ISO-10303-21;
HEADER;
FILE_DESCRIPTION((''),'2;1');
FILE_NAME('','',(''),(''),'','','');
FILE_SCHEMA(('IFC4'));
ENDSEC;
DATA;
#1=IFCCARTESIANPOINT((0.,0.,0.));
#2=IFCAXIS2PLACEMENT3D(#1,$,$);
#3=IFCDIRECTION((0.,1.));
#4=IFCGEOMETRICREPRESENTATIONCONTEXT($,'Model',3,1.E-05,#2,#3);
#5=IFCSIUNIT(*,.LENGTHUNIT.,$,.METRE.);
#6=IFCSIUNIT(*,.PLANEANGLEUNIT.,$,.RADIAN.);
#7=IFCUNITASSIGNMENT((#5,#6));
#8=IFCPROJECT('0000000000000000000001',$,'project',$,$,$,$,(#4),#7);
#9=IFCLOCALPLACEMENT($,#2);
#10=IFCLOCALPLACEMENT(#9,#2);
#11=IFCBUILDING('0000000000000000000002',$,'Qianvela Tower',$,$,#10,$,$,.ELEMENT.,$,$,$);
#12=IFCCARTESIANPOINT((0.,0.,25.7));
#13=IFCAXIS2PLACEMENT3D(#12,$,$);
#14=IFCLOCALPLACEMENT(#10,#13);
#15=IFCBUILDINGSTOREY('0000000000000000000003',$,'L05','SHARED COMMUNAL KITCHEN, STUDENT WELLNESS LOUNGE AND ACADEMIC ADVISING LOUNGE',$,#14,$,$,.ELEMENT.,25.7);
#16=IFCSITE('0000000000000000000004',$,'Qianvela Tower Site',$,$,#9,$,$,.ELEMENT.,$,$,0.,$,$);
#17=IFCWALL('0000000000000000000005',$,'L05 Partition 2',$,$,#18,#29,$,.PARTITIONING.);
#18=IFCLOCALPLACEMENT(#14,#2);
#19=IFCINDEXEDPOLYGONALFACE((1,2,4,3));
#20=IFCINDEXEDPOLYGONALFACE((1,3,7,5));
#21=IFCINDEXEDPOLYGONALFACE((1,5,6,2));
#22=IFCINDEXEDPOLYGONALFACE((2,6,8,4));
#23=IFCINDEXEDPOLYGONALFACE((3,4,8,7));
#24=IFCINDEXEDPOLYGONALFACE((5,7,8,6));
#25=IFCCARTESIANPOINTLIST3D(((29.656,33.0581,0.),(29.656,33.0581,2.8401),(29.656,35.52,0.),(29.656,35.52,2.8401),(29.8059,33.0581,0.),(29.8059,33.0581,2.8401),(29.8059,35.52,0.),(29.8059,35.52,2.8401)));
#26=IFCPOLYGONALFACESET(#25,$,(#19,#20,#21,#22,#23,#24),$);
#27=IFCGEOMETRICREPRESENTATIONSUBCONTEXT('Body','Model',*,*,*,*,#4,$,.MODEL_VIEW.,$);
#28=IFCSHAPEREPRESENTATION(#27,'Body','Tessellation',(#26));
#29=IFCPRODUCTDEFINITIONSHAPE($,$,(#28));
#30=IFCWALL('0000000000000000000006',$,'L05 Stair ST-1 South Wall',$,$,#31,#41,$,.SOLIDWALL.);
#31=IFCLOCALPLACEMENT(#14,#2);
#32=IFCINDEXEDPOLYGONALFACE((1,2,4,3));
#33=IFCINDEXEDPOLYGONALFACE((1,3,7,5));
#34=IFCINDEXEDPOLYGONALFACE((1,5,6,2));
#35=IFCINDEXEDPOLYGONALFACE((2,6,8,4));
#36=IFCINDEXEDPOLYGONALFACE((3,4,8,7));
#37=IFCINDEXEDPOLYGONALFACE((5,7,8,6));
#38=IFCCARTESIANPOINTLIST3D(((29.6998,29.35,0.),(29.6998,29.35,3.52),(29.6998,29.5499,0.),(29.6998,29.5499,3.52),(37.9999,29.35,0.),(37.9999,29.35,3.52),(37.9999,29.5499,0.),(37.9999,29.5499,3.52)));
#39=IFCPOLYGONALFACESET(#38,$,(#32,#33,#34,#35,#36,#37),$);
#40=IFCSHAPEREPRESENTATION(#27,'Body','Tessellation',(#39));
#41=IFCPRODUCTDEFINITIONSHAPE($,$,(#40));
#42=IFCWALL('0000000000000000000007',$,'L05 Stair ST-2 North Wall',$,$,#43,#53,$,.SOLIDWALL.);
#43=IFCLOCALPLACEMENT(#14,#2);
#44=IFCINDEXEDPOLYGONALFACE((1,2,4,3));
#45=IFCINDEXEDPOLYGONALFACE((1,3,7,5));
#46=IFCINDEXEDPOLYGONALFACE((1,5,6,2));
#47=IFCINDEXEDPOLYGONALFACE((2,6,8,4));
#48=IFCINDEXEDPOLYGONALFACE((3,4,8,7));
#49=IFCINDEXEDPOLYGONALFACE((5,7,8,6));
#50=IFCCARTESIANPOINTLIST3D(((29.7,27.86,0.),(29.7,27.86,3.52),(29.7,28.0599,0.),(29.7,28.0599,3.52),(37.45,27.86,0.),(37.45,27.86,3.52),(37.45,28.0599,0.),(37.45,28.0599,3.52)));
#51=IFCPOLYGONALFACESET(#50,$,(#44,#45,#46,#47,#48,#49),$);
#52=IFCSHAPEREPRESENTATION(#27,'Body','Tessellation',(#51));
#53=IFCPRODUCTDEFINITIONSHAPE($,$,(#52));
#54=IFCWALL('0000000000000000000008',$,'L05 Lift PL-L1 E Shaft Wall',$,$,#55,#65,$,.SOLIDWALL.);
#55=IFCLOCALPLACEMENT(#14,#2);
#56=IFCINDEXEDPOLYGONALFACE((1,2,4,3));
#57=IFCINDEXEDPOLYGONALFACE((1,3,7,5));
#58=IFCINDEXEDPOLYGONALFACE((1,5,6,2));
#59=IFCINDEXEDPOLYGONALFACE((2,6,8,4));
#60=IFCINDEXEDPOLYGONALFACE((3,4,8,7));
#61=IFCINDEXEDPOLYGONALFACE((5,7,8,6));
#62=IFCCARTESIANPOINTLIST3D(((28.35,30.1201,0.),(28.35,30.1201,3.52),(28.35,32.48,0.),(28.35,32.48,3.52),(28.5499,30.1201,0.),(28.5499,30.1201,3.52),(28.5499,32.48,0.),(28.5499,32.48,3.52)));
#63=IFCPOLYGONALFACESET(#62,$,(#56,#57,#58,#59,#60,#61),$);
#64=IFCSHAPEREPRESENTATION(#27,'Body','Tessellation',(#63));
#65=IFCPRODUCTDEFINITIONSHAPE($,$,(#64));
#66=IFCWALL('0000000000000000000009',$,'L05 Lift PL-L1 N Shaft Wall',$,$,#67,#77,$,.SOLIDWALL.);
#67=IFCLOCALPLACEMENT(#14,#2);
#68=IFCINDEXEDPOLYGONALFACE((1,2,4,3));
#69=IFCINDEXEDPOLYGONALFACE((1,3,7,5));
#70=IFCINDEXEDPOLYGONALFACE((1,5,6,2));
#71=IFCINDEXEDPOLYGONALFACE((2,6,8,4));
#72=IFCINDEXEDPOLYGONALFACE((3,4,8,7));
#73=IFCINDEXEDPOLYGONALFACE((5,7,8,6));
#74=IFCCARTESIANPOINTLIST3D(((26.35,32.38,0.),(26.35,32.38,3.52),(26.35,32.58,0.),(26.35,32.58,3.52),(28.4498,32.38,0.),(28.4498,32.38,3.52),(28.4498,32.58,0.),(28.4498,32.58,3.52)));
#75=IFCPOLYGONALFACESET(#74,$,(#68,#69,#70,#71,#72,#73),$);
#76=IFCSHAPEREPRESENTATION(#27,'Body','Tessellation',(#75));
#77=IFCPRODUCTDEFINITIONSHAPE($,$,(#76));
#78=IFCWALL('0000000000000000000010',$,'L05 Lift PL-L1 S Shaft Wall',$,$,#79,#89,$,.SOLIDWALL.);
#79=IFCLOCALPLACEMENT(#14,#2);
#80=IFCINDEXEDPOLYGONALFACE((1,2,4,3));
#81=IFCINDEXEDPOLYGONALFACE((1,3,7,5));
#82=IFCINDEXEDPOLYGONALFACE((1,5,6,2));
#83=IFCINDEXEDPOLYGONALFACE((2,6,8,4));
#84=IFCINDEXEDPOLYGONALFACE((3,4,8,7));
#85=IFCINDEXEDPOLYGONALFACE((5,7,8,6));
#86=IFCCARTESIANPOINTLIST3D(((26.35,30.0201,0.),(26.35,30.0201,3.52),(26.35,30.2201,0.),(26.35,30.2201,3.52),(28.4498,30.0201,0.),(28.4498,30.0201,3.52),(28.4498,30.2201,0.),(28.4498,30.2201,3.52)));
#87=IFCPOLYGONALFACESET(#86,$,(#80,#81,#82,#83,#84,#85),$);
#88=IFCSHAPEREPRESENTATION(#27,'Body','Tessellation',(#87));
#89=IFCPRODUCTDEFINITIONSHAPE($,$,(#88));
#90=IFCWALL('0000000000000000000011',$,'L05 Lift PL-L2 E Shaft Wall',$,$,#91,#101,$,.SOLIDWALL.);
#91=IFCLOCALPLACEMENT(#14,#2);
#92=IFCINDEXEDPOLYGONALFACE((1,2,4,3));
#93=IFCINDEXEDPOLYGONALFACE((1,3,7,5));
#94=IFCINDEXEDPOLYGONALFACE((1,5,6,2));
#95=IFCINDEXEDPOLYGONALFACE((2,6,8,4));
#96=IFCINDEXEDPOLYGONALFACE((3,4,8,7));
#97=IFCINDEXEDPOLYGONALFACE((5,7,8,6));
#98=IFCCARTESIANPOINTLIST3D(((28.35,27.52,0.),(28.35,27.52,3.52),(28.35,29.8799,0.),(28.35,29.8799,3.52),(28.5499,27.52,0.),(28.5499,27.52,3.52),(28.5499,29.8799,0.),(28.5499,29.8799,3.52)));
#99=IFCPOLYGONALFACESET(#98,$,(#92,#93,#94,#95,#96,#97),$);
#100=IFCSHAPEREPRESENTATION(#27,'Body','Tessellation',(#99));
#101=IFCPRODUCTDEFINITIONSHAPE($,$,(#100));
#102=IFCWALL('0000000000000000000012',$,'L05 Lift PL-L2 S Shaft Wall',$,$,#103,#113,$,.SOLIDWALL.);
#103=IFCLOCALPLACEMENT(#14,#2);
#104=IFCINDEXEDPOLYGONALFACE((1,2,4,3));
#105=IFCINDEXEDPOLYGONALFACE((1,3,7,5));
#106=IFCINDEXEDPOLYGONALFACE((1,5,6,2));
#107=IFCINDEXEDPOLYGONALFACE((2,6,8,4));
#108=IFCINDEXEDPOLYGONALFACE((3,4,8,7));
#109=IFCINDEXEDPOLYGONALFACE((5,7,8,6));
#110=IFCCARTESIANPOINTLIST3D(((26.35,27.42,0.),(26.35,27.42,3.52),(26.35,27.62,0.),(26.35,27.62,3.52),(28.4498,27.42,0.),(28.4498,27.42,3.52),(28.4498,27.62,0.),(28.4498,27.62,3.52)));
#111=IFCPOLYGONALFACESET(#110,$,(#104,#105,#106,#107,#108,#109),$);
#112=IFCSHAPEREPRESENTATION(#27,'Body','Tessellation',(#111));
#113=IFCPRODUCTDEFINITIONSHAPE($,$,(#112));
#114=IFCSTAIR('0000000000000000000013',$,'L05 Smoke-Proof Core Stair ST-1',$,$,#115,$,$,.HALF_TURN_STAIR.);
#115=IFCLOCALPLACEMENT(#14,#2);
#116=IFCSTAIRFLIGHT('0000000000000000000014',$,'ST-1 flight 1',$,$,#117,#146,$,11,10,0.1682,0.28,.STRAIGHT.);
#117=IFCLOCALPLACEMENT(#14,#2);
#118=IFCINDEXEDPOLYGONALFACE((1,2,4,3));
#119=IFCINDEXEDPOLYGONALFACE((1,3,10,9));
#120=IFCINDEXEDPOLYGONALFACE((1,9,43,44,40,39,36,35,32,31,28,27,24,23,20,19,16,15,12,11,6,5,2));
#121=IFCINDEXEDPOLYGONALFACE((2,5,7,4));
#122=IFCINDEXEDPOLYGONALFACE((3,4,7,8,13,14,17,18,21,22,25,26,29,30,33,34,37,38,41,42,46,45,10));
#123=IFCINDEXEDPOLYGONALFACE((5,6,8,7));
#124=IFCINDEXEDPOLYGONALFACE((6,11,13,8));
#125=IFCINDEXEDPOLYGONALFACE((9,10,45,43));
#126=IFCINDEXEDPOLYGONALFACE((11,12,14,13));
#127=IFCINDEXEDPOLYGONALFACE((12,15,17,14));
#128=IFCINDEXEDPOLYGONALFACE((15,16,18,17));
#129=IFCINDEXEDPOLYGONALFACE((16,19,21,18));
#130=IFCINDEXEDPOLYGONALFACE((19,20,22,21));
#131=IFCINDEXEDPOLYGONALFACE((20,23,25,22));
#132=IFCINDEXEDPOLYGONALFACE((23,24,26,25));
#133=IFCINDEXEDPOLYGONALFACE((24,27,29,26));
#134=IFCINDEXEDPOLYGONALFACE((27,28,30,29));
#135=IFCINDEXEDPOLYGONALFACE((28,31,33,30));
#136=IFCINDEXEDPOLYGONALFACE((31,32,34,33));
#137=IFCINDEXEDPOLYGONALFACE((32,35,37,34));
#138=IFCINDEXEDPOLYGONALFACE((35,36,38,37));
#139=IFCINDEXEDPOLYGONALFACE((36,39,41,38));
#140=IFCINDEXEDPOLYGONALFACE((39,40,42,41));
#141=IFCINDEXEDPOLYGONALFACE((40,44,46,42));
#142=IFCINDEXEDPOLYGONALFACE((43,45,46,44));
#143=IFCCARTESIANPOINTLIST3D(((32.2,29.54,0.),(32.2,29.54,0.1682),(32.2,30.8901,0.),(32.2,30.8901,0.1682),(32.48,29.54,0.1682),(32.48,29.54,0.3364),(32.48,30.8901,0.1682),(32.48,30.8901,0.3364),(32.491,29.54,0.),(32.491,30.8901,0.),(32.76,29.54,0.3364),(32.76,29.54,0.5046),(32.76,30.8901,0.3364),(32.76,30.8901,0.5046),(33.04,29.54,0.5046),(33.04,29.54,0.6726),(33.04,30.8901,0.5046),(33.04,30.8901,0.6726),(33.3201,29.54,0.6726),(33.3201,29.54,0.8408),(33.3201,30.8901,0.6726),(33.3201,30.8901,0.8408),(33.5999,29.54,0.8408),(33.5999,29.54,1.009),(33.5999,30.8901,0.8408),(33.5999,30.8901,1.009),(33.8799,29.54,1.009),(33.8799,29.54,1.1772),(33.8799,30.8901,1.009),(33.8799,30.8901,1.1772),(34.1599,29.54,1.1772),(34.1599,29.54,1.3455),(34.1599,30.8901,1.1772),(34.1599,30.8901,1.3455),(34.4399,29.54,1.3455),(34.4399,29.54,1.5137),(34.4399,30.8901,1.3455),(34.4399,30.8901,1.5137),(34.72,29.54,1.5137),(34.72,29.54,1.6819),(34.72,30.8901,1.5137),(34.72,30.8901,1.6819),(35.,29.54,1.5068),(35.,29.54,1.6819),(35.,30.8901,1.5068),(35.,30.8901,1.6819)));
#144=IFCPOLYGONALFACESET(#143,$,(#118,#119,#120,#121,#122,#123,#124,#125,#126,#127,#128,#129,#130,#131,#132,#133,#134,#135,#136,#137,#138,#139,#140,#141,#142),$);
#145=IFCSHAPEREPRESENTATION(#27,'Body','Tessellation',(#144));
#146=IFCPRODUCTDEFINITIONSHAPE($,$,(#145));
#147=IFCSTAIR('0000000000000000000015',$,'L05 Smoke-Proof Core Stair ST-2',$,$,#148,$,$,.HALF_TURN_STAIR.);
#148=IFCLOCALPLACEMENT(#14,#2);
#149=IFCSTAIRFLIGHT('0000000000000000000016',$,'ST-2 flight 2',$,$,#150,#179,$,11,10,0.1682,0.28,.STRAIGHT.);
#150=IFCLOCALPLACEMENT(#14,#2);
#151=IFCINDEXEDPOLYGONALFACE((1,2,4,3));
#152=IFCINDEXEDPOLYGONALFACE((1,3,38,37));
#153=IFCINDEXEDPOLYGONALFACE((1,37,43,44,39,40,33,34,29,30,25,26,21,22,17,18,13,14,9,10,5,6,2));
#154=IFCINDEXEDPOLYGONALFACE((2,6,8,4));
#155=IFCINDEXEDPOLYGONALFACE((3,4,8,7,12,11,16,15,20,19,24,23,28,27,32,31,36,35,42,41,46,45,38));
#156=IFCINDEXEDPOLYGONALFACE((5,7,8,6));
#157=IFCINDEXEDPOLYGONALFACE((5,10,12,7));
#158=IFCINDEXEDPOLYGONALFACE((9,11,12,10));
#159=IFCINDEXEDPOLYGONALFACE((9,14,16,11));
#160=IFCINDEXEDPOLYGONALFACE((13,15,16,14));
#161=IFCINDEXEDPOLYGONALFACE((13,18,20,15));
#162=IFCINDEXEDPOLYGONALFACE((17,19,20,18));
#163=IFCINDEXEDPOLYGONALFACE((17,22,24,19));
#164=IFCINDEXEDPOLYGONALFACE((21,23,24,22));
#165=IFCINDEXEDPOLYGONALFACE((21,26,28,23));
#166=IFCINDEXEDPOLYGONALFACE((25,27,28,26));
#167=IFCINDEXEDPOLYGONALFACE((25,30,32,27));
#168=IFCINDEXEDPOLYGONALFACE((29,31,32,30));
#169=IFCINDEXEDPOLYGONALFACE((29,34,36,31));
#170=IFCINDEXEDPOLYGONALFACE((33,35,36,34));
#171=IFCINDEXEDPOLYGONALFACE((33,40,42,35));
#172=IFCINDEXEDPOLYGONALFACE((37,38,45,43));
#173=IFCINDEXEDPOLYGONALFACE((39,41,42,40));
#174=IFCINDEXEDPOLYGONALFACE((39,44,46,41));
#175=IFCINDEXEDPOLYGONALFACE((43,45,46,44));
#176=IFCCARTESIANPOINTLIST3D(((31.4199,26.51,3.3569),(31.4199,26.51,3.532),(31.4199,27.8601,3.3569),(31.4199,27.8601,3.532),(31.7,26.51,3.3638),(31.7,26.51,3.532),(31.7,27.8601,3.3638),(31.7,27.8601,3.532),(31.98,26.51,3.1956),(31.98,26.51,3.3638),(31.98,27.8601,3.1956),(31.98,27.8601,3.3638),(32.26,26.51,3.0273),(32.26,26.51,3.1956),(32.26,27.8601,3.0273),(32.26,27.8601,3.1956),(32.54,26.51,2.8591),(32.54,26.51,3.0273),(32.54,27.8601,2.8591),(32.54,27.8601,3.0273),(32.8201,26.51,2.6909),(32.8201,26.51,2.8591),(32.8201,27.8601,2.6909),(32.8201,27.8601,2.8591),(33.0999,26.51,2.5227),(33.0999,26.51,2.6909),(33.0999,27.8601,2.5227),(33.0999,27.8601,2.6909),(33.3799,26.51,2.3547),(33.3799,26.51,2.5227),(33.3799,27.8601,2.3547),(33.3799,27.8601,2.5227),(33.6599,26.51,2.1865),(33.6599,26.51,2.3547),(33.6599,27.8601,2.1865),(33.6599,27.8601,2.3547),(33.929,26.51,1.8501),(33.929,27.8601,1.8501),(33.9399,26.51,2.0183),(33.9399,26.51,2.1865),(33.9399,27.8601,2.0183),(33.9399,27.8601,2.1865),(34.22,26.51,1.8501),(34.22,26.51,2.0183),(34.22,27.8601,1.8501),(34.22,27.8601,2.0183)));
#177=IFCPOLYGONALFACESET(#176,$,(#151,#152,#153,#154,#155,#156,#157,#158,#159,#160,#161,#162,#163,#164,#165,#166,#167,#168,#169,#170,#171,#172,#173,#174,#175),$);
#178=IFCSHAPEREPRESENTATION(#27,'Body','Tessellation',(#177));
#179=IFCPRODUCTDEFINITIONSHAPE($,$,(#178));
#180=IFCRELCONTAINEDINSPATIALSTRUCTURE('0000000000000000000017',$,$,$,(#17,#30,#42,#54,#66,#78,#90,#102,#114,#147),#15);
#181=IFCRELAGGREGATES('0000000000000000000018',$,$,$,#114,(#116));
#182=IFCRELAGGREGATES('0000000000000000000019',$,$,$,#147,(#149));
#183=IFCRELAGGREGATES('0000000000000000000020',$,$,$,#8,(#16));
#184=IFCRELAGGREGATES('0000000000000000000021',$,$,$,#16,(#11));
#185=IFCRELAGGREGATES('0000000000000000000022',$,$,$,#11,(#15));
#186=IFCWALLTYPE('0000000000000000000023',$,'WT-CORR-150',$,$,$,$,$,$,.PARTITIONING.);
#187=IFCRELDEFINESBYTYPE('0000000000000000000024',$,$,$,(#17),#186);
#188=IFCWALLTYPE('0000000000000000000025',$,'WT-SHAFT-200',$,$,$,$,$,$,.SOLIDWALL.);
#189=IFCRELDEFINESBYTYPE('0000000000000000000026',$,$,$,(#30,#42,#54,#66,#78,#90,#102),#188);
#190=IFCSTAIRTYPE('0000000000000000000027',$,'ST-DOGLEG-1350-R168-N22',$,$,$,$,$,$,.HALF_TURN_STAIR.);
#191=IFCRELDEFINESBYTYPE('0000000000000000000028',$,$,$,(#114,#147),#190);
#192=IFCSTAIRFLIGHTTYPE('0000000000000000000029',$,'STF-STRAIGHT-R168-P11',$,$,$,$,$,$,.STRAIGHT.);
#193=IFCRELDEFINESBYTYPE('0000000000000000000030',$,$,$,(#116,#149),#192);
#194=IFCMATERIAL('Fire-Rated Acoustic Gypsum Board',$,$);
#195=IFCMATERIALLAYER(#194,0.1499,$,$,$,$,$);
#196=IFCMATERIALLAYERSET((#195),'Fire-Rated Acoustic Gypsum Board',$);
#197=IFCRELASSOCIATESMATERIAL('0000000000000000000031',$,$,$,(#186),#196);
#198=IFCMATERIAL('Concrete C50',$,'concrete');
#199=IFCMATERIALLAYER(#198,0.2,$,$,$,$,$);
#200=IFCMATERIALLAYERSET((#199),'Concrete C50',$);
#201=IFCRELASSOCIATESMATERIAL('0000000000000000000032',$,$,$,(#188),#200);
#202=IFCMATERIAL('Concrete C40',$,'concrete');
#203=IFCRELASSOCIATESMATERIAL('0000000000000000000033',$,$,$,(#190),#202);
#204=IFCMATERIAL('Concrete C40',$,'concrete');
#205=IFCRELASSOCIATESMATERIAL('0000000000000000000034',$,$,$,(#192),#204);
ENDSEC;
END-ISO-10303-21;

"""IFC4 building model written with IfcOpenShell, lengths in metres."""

from ifc_helpers import new_model, si_unit, direction, frame, frame_2d, origin, place, context, subcontext, project, spatial, polyline, rectangle, outline, extrude, material, layer, layer_set, type_object, element, aggregate, save


model = new_model("IFC4")

# Units and contexts
model_context = context("Model", 3, precision=1e-05, world=origin(), true_north=direction((0.0, 1.0)))
body_context = subcontext(model_context, "Body", "Model", "MODEL_VIEW")
ifc_project = project(units=[si_unit("LENGTHUNIT", "METRE"), si_unit("PLANEANGLEUNIT", "RADIAN")], contexts=[model_context])

# Site, building, storey
site_placement = place(None, origin())
site = spatial("IfcSite", under=ifc_project, at=site_placement, Name="Qianvela Tower Site", CompositionType="ELEMENT", RefElevation=0.0)
building_placement = place(site_placement, origin())
building = spatial("IfcBuilding", under=site, at=building_placement, Name="Qianvela Tower", CompositionType="ELEMENT")
storey_placement = place(building_placement, frame((0.0, 0.0, 25.7)))
storey = spatial("IfcBuildingStorey", under=building, at=storey_placement, Name="L05", Description="SHARED COMMUNAL KITCHEN, STUDENT WELLNESS LOUNGE AND ACADEMIC ADVISING LOUNGE", CompositionType="ELEMENT", Elevation=25.7)

# Walls
ifc_material_1 = material(Name="Fire-Rated Acoustic Gypsum Board")
ifc_layer_1 = layer(ifc_material_1, 0.1499)
ifc_layer_set_1 = layer_set([ifc_layer_1], Name="Fire-Rated Acoustic Gypsum Board")
wall_type_1 = type_object("IfcWallType", Name="WT-CORR-150", PredefinedType="PARTITIONING", material=ifc_layer_set_1)
wall_1_placement = place(storey_placement, frame((29.731, 33.0581, 0.0), z_axis=(0.0, 0.0, 1.0), x_axis=(0.0, 1.0, 0.0)))
element("IfcWall", 1, at=wall_1_placement, inside=storey, type_object=wall_type_1, Name="L05 Partition 2", PredefinedType="PARTITIONING", context=body_context, shape_type="SweptSolid", body=[
    extrude(rectangle(XDim=2.4619, YDim=0.1499, at=frame_2d((1.231, 0.0))), origin(), (0.0, 0.0, 1.0), 2.8401),
])
ifc_material_2 = material(Name="Concrete C50", Category="concrete")
ifc_layer_2 = layer(ifc_material_2, 0.2)
ifc_layer_set_2 = layer_set([ifc_layer_2], Name="Concrete C50")
wall_type_2 = type_object("IfcWallType", Name="WT-SHAFT-200", PredefinedType="SOLIDWALL", material=ifc_layer_set_2)
wall_2_placement = place(storey_placement, frame((29.7, 29.45, 0.0), z_axis=(0.0, 0.0, 1.0), x_axis=(1.0, 0.0, 0.0)))
element("IfcWall", 2, at=wall_2_placement, inside=storey, type_object=wall_type_2, Name="L05 Stair ST-1 South Wall", PredefinedType="SOLIDWALL", context=body_context, shape_type="SweptSolid", body=[
    extrude(rectangle(XDim=8.3, YDim=0.2, at=frame_2d((4.1499, 0.0))), origin(), (0.0, 0.0, 1.0), 3.52),
])
wall_3_placement = place(storey_placement, frame((29.7, 27.96, 0.0), z_axis=(0.0, 0.0, 1.0), x_axis=(1.0, 0.0, 0.0)))
element("IfcWall", 3, at=wall_3_placement, inside=storey, type_object=wall_type_2, Name="L05 Stair ST-2 North Wall", PredefinedType="SOLIDWALL", context=body_context, shape_type="SweptSolid", body=[
    extrude(rectangle(XDim=7.75, YDim=0.2, at=frame_2d((3.875, 0.0))), origin(), (0.0, 0.0, 1.0), 3.52),
])
wall_4_placement = place(storey_placement, frame((28.45, 30.1201, 0.0), z_axis=(0.0, 0.0, 1.0), x_axis=(0.0, 1.0, 0.0)))
element("IfcWall", 4, at=wall_4_placement, inside=storey, type_object=wall_type_2, Name="L05 Lift PL-L1 E Shaft Wall", PredefinedType="SOLIDWALL", context=body_context, shape_type="SweptSolid", body=[
    extrude(rectangle(XDim=2.3599, YDim=0.2, at=frame_2d((1.1799, 0.0))), origin(), (0.0, 0.0, 1.0), 3.52),
])

# Walls
for number, where, z_axis, x_axis, name in (
    (5, (26.3501, 32.48, 0.0), (0.0, 0.0, 1.0), (1.0, 0.0, 0.0), "L05 Lift PL-L1 N Shaft Wall"),
    (6, (26.3501, 30.1201, 0.0), (0.0, 0.0, 1.0), (1.0, 0.0, 0.0), "L05 Lift PL-L1 S Shaft Wall"),
):
    element("IfcWall", number, at=place(storey_placement, frame(where, z_axis=z_axis, x_axis=x_axis)), inside=storey, type_object=wall_type_2, Name=name, PredefinedType="SOLIDWALL", context=body_context, shape_type="SweptSolid", body=[
        extrude(rectangle(XDim=2.0999, YDim=0.2, at=frame_2d((1.0498, 0.0))), origin(), (0.0, 0.0, 1.0), 3.52),
    ])
wall_5_placement = place(storey_placement, frame((28.45, 27.52, 0.0), z_axis=(0.0, 0.0, 1.0), x_axis=(0.0, 1.0, 0.0)))
element("IfcWall", 7, at=wall_5_placement, inside=storey, type_object=wall_type_2, Name="L05 Lift PL-L2 E Shaft Wall", PredefinedType="SOLIDWALL", context=body_context, shape_type="SweptSolid", body=[
    extrude(rectangle(XDim=2.3599, YDim=0.2, at=frame_2d((1.1799, 0.0))), origin(), (0.0, 0.0, 1.0), 3.52),
])
wall_6_placement = place(storey_placement, frame((26.3501, 27.52, 0.0), z_axis=(0.0, 0.0, 1.0), x_axis=(1.0, 0.0, 0.0)))
element("IfcWall", 8, at=wall_6_placement, inside=storey, type_object=wall_type_2, Name="L05 Lift PL-L2 S Shaft Wall", PredefinedType="SOLIDWALL", context=body_context, shape_type="SweptSolid", body=[
    extrude(rectangle(XDim=2.0999, YDim=0.2, at=frame_2d((1.0498, 0.0))), origin(), (0.0, 0.0, 1.0), 3.52),
])

# Stairs, stair flights
ifc_material_3 = material(Name="Concrete C40", Category="concrete")
stair_type = type_object("IfcStairType", Name="ST-DOGLEG-1350-R168-N22", PredefinedType="HALF_TURN_STAIR", material=ifc_material_3)
stair_1_placement = place(storey_placement, origin())
stair_1 = element("IfcStair", 9, at=stair_1_placement, inside=storey, type_object=stair_type, Name="L05 Smoke-Proof Core Stair ST-1", PredefinedType="HALF_TURN_STAIR")
ifc_material_4 = material(Name="Concrete C40", Category="concrete")
stair_flight_type = type_object("IfcStairFlightType", Name="STF-STRAIGHT-R168-P11", PredefinedType="STRAIGHT", material=ifc_material_4)
stair_flight_1_placement = place(storey_placement, frame((32.2, 30.2151, 0.0), z_axis=(0.0, 0.0, 1.0), x_axis=(1.0, 0.0, 0.0)))
stair_flight_1 = element("IfcStairFlight", 10, at=stair_flight_1_placement, type_object=stair_flight_type, Name="ST-1 flight 1", NumberOfRisers=11, NumberOfTreads=10, PredefinedType="STRAIGHT", RiserHeight=0.1682, TreadLength=0.28, context=body_context, shape_type="SweptSolid", body=[
    extrude(outline(polyline([(0.0, 0.0), (0.0, 0.1682), (0.28, 0.1682), (0.28, 0.3364), (0.5601, 0.3364), (0.5601, 0.5046), (0.8401, 0.5046), (0.8401, 0.6726), (1.1201, 0.6726), (1.1201, 0.8408), (1.3999, 0.8408), (1.3999, 1.009), (1.6799, 1.009), (1.6799, 1.1772), (1.96, 1.1772), (1.96, 1.3455), (2.24, 1.3455), (2.24, 1.5137), (2.52, 1.5137), (2.52, 1.6819), (2.8, 1.6819), (2.8, 1.8501), (2.8, 1.5068), (0.291, 0.0), (0.0, 0.0)])), frame((0.0, 0.675, 0.0), z_axis=(0.0, -1.0, 0.0), x_axis=(1.0, 0.0, 0.0)), (0.0, 0.0, 1.0), 1.3501),
])
aggregate(stair_1, [stair_flight_1])
stair_2_placement = place(storey_placement, origin())
stair_2 = element("IfcStair", 11, at=stair_2_placement, inside=storey, type_object=stair_type, Name="L05 Smoke-Proof Core Stair ST-2", PredefinedType="HALF_TURN_STAIR")
stair_flight_2_placement = place(storey_placement, frame((34.22, 27.1851, 1.8501), z_axis=(0.0, 0.0, 1.0), x_axis=(-1.0, 0.0, 0.0)))
stair_flight_2 = element("IfcStairFlight", 12, at=stair_flight_2_placement, type_object=stair_flight_type, Name="ST-2 flight 2", NumberOfRisers=11, NumberOfTreads=10, PredefinedType="STRAIGHT", RiserHeight=0.1682, TreadLength=0.28, context=body_context, shape_type="SweptSolid", body=[
    extrude(outline(polyline([(0.0, 0.0), (0.0, 0.1682), (0.28, 0.1682), (0.28, 0.3364), (0.5601, 0.3364), (0.5601, 0.5046), (0.8401, 0.5046), (0.8401, 0.6726), (1.1201, 0.6726), (1.1201, 0.8408), (1.3999, 0.8408), (1.3999, 1.009), (1.6799, 1.009), (1.6799, 1.1772), (1.96, 1.1772), (1.96, 1.3455), (2.24, 1.3455), (2.24, 1.5137), (2.52, 1.5137), (2.52, 1.6819), (2.8, 1.6819), (2.8, 1.8501), (2.8, 1.5068), (0.291, 0.0), (0.0, 0.0)])), frame((0.0, 0.675, 0.0), z_axis=(0.0, -1.0, 0.0), x_axis=(1.0, 0.0, 0.0)), (0.0, 0.0, 1.0), 1.3501),
])
aggregate(stair_2, [stair_flight_2])

save(model, "model.ifc")
